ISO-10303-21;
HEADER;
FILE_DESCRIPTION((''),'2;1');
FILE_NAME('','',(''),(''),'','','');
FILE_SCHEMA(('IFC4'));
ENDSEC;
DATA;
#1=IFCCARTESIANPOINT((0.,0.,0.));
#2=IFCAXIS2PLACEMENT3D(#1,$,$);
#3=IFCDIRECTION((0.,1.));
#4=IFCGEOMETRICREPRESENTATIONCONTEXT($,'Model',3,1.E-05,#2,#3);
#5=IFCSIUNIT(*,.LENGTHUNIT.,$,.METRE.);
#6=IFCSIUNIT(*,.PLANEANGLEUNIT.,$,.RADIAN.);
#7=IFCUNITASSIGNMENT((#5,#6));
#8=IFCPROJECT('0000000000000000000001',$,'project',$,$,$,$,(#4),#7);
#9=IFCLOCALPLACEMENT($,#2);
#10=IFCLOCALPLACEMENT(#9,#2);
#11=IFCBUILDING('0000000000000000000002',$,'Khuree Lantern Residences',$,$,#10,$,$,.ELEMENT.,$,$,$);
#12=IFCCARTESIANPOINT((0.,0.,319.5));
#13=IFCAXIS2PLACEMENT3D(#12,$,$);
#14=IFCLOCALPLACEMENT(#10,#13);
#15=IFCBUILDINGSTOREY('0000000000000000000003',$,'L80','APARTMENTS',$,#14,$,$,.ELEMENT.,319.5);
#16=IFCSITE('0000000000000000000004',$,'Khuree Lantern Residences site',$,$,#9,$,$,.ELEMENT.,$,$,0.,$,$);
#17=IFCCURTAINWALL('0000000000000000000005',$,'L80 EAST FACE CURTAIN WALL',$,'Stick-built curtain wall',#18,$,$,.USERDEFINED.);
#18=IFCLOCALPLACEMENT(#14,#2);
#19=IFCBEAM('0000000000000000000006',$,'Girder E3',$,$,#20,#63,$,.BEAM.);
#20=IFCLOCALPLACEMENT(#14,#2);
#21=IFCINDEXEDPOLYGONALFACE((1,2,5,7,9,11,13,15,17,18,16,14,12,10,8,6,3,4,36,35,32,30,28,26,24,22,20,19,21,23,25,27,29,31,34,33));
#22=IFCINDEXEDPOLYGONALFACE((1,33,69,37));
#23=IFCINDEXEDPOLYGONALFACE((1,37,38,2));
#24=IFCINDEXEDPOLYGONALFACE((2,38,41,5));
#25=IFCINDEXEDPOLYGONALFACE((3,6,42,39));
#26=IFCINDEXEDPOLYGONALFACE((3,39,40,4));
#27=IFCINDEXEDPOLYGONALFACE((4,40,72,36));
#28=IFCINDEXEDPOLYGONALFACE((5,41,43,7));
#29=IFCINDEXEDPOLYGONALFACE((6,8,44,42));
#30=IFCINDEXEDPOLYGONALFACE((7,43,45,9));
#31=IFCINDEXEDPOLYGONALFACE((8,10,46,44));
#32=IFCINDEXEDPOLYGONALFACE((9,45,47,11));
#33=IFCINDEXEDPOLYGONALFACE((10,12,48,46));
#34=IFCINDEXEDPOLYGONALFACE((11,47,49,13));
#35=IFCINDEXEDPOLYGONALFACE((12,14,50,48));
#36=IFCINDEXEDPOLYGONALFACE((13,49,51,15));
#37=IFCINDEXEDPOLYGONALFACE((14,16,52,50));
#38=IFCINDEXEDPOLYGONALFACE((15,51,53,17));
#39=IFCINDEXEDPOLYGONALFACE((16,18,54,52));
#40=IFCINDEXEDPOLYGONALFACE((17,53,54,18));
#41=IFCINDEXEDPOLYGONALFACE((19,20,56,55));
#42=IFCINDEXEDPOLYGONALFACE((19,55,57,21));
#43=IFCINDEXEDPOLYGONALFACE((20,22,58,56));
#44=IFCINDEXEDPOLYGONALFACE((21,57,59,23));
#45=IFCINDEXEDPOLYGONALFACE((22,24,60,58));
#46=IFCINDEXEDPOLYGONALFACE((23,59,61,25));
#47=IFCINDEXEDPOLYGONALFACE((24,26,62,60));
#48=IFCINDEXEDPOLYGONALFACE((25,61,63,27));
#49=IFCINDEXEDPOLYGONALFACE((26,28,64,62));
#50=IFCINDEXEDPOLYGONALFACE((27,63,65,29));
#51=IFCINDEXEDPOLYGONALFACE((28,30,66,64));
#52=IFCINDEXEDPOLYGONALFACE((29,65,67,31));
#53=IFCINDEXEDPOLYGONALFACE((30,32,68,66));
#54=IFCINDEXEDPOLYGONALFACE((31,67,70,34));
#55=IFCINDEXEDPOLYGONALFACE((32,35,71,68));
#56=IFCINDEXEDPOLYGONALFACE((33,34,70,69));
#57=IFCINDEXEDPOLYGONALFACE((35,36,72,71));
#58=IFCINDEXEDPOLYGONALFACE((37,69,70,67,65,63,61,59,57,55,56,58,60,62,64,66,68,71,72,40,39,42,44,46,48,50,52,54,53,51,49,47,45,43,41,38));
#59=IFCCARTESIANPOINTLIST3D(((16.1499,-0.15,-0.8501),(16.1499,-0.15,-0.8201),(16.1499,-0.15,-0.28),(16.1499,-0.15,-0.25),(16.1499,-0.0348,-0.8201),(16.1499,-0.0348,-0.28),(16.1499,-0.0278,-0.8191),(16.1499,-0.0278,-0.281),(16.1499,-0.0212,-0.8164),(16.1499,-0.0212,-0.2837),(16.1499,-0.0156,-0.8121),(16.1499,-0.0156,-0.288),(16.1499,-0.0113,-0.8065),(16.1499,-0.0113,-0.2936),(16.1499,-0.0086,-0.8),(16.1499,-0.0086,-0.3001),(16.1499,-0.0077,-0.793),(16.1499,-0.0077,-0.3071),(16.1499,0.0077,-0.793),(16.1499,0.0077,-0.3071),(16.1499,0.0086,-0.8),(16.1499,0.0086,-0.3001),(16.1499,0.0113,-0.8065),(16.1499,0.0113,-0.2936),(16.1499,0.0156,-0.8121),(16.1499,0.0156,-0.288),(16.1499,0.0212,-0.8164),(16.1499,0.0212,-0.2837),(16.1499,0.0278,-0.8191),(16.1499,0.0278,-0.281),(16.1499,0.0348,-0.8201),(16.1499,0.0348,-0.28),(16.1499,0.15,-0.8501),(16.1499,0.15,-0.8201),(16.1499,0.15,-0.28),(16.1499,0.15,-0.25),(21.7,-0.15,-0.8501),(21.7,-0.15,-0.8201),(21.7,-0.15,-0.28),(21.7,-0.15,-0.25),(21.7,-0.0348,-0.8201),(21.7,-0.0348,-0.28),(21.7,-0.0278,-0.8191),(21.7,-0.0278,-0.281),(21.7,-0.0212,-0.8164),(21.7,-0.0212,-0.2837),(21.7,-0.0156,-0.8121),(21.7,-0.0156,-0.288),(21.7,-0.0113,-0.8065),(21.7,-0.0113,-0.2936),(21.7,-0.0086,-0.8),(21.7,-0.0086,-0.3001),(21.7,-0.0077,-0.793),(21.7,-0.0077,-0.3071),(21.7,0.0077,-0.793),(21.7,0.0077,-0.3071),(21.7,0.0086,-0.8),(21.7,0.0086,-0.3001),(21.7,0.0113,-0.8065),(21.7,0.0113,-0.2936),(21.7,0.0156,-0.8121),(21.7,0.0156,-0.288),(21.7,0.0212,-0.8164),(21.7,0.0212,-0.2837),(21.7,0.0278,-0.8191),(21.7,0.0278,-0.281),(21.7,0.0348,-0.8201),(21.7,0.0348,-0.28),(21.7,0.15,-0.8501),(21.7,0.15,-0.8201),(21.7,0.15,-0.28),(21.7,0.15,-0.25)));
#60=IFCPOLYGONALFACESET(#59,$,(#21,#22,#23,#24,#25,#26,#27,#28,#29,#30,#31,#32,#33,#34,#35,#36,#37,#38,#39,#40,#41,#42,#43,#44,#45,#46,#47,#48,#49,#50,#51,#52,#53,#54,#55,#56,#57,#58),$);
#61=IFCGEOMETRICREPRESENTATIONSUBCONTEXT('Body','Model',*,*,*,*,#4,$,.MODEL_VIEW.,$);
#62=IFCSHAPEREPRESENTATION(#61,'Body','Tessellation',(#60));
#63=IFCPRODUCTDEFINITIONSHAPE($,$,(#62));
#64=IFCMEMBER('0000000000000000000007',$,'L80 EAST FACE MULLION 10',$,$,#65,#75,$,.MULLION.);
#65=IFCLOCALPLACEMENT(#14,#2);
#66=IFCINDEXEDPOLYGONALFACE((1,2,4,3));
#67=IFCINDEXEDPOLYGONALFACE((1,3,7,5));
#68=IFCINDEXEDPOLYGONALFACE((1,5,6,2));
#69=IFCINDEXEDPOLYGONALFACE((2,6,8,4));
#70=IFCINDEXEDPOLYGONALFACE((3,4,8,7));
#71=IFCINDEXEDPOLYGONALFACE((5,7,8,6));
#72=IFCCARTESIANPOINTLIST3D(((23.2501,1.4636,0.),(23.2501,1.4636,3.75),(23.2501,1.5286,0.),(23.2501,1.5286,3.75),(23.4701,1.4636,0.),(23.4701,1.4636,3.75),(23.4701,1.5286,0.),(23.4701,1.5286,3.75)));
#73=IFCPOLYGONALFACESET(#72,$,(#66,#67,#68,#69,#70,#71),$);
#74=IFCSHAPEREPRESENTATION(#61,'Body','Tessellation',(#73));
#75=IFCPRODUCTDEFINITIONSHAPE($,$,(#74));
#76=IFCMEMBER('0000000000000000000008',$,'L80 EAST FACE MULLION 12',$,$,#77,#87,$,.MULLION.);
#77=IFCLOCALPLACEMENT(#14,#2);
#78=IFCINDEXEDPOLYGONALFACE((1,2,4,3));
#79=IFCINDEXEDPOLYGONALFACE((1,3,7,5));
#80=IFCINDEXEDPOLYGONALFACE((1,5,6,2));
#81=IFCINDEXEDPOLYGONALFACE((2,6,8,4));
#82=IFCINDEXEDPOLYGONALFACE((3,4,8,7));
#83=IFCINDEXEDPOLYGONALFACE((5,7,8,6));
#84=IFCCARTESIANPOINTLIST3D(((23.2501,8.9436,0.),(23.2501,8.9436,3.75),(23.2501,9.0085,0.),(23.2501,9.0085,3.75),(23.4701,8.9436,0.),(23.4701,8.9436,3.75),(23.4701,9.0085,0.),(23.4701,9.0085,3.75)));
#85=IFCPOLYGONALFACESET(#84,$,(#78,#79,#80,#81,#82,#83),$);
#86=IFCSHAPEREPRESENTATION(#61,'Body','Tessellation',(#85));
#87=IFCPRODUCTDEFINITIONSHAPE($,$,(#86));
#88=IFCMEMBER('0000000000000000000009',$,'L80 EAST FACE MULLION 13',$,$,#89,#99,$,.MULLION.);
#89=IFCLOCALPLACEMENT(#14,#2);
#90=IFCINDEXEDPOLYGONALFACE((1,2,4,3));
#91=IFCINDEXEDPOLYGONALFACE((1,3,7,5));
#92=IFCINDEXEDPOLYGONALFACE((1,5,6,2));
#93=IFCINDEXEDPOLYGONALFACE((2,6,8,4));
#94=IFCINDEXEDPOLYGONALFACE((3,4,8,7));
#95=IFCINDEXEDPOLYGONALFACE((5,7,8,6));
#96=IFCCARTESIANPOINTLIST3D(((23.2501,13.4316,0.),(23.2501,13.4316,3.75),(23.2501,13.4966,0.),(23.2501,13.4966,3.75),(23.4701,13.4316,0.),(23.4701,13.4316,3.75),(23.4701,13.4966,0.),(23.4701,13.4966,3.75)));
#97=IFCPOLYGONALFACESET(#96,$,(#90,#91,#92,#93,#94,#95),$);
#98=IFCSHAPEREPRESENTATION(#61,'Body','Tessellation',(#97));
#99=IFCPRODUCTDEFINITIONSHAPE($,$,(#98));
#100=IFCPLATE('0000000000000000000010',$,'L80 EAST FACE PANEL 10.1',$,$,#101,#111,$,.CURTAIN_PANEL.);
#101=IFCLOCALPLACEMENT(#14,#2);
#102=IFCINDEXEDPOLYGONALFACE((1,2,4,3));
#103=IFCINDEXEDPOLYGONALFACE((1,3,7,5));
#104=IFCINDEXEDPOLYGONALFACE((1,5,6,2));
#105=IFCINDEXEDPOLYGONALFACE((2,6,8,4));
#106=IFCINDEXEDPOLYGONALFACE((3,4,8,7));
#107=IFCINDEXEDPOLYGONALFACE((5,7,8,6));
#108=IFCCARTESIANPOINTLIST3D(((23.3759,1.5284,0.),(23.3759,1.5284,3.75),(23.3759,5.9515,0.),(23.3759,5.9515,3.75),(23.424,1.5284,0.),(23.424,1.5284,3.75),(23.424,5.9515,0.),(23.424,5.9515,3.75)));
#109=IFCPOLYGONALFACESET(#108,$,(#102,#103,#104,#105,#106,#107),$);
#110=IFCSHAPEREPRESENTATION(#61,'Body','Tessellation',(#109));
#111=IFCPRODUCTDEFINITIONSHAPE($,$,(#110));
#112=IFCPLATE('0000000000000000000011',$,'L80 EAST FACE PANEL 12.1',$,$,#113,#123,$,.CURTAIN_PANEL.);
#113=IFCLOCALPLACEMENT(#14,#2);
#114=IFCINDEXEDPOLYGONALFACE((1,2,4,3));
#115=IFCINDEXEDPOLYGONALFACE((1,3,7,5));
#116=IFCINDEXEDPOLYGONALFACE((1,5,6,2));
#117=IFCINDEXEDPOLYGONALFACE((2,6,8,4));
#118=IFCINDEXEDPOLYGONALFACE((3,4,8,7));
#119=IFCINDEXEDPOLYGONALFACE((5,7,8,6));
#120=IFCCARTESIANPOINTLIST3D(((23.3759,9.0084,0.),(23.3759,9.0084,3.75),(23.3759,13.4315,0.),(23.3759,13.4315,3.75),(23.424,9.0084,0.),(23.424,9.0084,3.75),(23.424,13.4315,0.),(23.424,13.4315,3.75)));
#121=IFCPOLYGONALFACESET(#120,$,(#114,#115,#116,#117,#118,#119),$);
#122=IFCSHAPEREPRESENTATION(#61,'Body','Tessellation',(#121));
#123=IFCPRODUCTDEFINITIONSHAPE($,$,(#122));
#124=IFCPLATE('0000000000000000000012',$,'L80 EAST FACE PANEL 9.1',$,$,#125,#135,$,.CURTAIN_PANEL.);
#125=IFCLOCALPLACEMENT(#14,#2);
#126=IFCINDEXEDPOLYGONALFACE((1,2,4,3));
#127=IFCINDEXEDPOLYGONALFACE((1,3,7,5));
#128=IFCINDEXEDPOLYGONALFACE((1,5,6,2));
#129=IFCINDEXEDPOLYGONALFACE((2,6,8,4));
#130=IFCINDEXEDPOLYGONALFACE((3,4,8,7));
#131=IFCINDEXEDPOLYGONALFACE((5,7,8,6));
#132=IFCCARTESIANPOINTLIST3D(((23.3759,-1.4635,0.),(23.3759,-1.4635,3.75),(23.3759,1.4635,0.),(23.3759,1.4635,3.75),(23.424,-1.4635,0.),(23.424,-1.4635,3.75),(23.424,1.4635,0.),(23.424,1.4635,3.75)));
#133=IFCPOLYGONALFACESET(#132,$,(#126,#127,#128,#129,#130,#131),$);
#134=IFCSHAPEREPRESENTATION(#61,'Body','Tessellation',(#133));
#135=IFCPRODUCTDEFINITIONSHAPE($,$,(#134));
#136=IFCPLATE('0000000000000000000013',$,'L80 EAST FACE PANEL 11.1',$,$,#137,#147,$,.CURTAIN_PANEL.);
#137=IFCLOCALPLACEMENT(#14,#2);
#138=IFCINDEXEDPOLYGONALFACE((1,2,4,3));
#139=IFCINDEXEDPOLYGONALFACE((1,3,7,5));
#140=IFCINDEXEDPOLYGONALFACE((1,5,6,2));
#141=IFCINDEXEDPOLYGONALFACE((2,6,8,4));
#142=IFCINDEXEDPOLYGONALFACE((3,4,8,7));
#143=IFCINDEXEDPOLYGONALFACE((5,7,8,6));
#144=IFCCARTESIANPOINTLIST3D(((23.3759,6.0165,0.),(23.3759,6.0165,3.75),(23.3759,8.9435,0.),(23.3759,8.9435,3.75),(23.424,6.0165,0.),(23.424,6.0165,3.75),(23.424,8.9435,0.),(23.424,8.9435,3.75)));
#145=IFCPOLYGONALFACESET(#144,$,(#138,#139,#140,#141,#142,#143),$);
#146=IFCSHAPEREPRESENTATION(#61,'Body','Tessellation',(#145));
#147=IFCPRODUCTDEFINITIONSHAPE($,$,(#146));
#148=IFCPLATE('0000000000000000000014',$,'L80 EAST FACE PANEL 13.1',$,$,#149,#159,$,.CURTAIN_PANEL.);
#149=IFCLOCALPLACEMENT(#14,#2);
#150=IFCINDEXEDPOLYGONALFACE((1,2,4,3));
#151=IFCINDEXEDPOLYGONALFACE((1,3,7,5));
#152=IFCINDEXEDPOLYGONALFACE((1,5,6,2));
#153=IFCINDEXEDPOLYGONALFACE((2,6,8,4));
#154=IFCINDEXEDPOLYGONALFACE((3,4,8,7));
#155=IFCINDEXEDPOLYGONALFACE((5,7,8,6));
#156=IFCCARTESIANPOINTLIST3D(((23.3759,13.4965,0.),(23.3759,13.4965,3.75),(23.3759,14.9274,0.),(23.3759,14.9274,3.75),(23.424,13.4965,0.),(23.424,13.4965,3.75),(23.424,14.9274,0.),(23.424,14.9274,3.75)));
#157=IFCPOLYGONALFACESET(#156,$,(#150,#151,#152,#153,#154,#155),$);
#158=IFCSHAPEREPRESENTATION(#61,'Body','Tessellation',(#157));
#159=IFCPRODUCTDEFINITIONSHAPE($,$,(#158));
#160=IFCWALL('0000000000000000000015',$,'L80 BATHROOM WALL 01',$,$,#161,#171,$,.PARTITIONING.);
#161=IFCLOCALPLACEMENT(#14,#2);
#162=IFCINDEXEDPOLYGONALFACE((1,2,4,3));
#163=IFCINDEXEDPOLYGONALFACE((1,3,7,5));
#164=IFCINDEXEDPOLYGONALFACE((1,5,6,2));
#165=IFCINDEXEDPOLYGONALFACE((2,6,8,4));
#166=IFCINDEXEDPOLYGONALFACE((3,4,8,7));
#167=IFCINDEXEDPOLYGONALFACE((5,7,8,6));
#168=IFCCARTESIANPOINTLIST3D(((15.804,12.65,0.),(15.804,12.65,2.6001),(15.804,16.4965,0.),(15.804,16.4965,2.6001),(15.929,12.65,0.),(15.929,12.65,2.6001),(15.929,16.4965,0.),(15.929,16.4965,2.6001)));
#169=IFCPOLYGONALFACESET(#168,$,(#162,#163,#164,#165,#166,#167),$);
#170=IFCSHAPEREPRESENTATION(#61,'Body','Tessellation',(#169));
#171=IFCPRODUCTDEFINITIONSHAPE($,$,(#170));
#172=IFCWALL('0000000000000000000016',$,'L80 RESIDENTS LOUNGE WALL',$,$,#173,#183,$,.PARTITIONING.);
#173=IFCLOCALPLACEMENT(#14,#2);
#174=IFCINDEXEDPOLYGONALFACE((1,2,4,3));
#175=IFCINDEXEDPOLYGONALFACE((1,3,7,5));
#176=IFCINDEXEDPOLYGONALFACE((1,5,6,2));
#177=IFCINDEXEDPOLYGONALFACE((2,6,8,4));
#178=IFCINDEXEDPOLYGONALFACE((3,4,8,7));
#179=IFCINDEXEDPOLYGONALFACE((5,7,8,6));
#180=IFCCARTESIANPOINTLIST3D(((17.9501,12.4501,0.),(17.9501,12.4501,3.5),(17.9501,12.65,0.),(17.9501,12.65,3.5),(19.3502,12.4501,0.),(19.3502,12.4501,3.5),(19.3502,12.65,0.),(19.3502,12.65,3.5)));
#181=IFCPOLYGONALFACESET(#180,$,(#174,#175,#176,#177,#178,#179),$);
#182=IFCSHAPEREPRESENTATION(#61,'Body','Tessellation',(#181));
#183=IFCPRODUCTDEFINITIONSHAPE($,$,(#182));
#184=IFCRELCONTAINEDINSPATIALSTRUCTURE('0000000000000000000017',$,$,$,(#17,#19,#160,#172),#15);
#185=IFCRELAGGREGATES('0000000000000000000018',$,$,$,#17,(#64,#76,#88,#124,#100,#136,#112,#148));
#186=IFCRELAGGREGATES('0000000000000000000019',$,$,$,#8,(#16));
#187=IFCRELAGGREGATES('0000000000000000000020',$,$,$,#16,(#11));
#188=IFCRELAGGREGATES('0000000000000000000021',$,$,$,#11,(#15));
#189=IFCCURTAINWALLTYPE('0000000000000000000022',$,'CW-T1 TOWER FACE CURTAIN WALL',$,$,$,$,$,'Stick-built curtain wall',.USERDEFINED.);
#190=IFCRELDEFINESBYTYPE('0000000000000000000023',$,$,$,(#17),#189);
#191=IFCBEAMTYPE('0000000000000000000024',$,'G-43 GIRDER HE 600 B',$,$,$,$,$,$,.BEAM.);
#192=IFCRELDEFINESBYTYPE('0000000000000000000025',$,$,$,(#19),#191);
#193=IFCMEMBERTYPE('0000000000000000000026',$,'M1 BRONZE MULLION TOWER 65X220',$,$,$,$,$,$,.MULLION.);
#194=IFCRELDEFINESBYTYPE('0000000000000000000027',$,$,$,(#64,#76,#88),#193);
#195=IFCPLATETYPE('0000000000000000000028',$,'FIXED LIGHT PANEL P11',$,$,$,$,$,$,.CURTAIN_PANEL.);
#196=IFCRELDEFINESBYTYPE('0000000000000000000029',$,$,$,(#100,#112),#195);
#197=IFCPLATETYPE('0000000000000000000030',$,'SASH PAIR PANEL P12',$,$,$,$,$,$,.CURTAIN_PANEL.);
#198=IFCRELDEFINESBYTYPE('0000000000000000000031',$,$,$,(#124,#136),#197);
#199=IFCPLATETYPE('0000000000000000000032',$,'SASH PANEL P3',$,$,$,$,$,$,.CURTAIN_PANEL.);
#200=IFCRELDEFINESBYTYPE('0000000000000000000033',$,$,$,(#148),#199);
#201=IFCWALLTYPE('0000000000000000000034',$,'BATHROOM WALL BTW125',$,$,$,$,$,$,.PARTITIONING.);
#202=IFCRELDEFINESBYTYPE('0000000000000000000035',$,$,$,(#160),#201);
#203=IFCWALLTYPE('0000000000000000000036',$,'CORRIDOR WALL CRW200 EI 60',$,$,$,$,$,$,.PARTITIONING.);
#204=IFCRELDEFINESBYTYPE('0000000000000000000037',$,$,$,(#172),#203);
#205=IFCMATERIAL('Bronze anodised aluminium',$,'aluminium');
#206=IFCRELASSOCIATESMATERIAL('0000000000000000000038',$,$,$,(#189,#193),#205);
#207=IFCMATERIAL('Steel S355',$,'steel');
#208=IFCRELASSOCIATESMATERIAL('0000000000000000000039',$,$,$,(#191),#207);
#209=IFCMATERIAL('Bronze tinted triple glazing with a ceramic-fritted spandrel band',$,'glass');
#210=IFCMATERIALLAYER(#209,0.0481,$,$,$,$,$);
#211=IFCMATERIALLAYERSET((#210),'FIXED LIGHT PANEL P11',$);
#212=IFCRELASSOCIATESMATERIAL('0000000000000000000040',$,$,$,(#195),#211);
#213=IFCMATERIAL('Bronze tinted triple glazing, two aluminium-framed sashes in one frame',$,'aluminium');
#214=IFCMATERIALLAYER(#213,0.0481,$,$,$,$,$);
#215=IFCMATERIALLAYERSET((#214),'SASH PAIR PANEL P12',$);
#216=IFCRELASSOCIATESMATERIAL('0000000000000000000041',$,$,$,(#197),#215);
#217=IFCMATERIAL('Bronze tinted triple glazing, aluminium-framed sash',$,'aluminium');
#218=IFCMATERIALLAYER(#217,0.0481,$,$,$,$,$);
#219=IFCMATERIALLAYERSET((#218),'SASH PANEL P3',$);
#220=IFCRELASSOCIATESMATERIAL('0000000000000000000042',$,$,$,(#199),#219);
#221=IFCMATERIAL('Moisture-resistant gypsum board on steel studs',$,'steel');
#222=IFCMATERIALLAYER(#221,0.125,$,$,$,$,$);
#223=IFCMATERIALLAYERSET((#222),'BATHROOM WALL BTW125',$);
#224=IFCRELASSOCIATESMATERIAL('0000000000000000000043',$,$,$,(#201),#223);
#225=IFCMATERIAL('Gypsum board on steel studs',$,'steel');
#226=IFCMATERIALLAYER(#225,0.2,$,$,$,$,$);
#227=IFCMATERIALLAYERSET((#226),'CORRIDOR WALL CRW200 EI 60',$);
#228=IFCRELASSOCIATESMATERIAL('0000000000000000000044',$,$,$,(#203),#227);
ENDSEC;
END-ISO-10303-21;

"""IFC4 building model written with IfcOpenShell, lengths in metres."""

from ifc_helpers import new_model, si_unit, direction, frame, frame_2d, origin, origin_2d, place, context, subcontext, project, spatial, rectangle, i_section, extrude, material, layer, layer_set, material_profile, profile_set, type_object, element, aggregate, save


model = new_model("IFC4")

# Units and contexts
model_context = context("Model", 3, precision=1e-05, world=origin(), true_north=direction((0.0, 1.0)))
body_context = subcontext(model_context, "Body", "Model", "MODEL_VIEW")
ifc_project = project(units=[si_unit("LENGTHUNIT", "METRE"), si_unit("PLANEANGLEUNIT", "RADIAN")], contexts=[model_context])

# Site, building, storey
site_placement = place(None, origin())
site = spatial("IfcSite", under=ifc_project, at=site_placement, Name="Khuree Lantern Residences site", CompositionType="ELEMENT", RefElevation=0.0)
building_placement = place(site_placement, origin())
building = spatial("IfcBuilding", under=site, at=building_placement, Name="Khuree Lantern Residences", CompositionType="ELEMENT")
storey_placement = place(building_placement, frame((0.0, 0.0, 319.5)))
storey = spatial("IfcBuildingStorey", under=building, at=storey_placement, Name="L80", Description="APARTMENTS", CompositionType="ELEMENT", Elevation=319.5)

# Shared definitions
ifc_material_1 = material(Name="Steel S355", Category="steel")

# Curtain wall
ifc_material_2 = material(Name="Bronze anodised aluminium", Category="aluminium")
curtain_wall_type = type_object("IfcCurtainWallType", Name="CW-T1 TOWER FACE CURTAIN WALL", ElementType="Stick-built curtain wall", PredefinedType="USERDEFINED", material=ifc_material_2)
curtain_wall_placement = place(storey_placement, origin())
curtain_wall = element("IfcCurtainWall", 1, at=curtain_wall_placement, inside=storey, type_object=curtain_wall_type, Name="L80 EAST FACE CURTAIN WALL", ObjectType="Stick-built curtain wall", PredefinedType="USERDEFINED")

# Beam
ifc_material_profile_1 = material_profile(ifc_material_1, i_section(OverallWidth=0.3, OverallDepth=0.6001, WebThickness=0.0154, FlangeThickness=0.03, FilletRadius=0.0271, at=origin_2d()), Name="HE 600 B")
ifc_profile_set_1 = profile_set([ifc_material_profile_1], Name="Steel S355")
beam_type_1 = type_object("IfcBeamType", Name="G-43 GIRDER HE 600 B", PredefinedType="BEAM", material=ifc_profile_set_1)
for number, where, z_axis, x_axis, name in (
    (2, (21.7, 0.0, -0.55), (-1.0, 0.0, 0.0), (0.0, -1.0, 0.0), "Girder E3"),
):
    element("IfcBeam", number, at=place(storey_placement, frame(where, z_axis=z_axis, x_axis=x_axis)), inside=storey, type_object=beam_type_1, Name=name, PredefinedType="BEAM", context=body_context, shape_type="SweptSolid", body=[
        extrude(i_section(OverallWidth=0.3, OverallDepth=0.6001, WebThickness=0.0154, FlangeThickness=0.03, FilletRadius=0.0271, at=origin_2d()), origin(), (0.0, 0.0, 1.0), 5.55),
    ])

# Members
ifc_material_profile_2 = material_profile(ifc_material_2, rectangle(XDim=0.0649, YDim=0.22, at=origin_2d()), Name="M1 65X220")
ifc_profile_set_2 = profile_set([ifc_material_profile_2], Name="Bronze anodised aluminium")
member_type_1 = type_object("IfcMemberType", Name="M1 BRONZE MULLION TOWER 65X220", PredefinedType="MULLION", material=ifc_profile_set_2)
member_1_placement = place(storey_placement, frame((23.3601, 1.4961, 0.0), z_axis=(0.0, 0.0, 1.0), x_axis=(0.0, 1.0, 0.0)))
member_1 = element("IfcMember", 3, at=member_1_placement, type_object=member_type_1, Name="L80 EAST FACE MULLION 10", PredefinedType="MULLION", context=body_context, shape_type="SweptSolid", body=[
    extrude(rectangle(XDim=0.0649, YDim=0.22, at=origin_2d()), origin(), (0.0, 0.0, 1.0), 3.75),
])
member_2_placement = place(storey_placement, frame((23.3601, 8.9761, 0.0), z_axis=(0.0, 0.0, 1.0), x_axis=(0.0, 1.0, 0.0)))
member_2 = element("IfcMember", 4, at=member_2_placement, type_object=member_type_1, Name="L80 EAST FACE MULLION 12", PredefinedType="MULLION", context=body_context, shape_type="SweptSolid", body=[
    extrude(rectangle(XDim=0.0649, YDim=0.22, at=origin_2d()), origin(), (0.0, 0.0, 1.0), 3.75),
])
member_3_placement = place(storey_placement, frame((23.3601, 13.4641, 0.0), z_axis=(0.0, 0.0, 1.0), x_axis=(0.0, 1.0, 0.0)))
member_3 = element("IfcMember", 5, at=member_3_placement, type_object=member_type_1, Name="L80 EAST FACE MULLION 13", PredefinedType="MULLION", context=body_context, shape_type="SweptSolid", body=[
    extrude(rectangle(XDim=0.0649, YDim=0.22, at=origin_2d()), origin(), (0.0, 0.0, 1.0), 3.75),
])

# Plates
ifc_material_3 = material(Name="Bronze tinted triple glazing with a ceramic-fritted spandrel band", Category="glass")
ifc_layer_1 = layer(ifc_material_3, 0.0481)
ifc_layer_set_1 = layer_set([ifc_layer_1], Name="FIXED LIGHT PANEL P11")
plate_type_1 = type_object("IfcPlateType", Name="FIXED LIGHT PANEL P11", PredefinedType="CURTAIN_PANEL", material=ifc_layer_set_1)
plate_1_placement = place(storey_placement, frame((23.3999, 3.74, 0.0), z_axis=(0.0, 0.0, 1.0), x_axis=(0.0, 1.0, 0.0)))
plate_1 = element("IfcPlate", 6, at=plate_1_placement, type_object=plate_type_1, Name="L80 EAST FACE PANEL 10.1", PredefinedType="CURTAIN_PANEL", context=body_context, shape_type="SweptSolid", body=[
    extrude(rectangle(XDim=4.4231, YDim=0.0481, at=origin_2d()), origin(), (0.0, 0.0, 1.0), 3.75),
])
plate_2_placement = place(storey_placement, frame((23.3999, 11.22, 0.0), z_axis=(0.0, 0.0, 1.0), x_axis=(0.0, 1.0, 0.0)))
plate_2 = element("IfcPlate", 7, at=plate_2_placement, type_object=plate_type_1, Name="L80 EAST FACE PANEL 12.1", PredefinedType="CURTAIN_PANEL", context=body_context, shape_type="SweptSolid", body=[
    extrude(rectangle(XDim=4.4231, YDim=0.0481, at=origin_2d()), origin(), (0.0, 0.0, 1.0), 3.75),
])
ifc_material_4 = material(Name="Bronze tinted triple glazing, two aluminium-framed sashes in one frame", Category="aluminium")
ifc_layer_2 = layer(ifc_material_4, 0.0481)
ifc_layer_set_2 = layer_set([ifc_layer_2], Name="SASH PAIR PANEL P12")
plate_type_2 = type_object("IfcPlateType", Name="SASH PAIR PANEL P12", PredefinedType="CURTAIN_PANEL", material=ifc_layer_set_2)
plate_3_placement = place(storey_placement, frame((23.3999, 0.0, 0.0), z_axis=(0.0, 0.0, 1.0), x_axis=(0.0, 1.0, 0.0)))
plate_3 = element("IfcPlate", 8, at=plate_3_placement, type_object=plate_type_2, Name="L80 EAST FACE PANEL 9.1", PredefinedType="CURTAIN_PANEL", context=body_context, shape_type="SweptSolid", body=[
    extrude(rectangle(XDim=2.927, YDim=0.0481, at=origin_2d()), origin(), (0.0, 0.0, 1.0), 3.75),
])
plate_4_placement = place(storey_placement, frame((23.3999, 7.48, 0.0), z_axis=(0.0, 0.0, 1.0), x_axis=(0.0, 1.0, 0.0)))
plate_4 = element("IfcPlate", 9, at=plate_4_placement, type_object=plate_type_2, Name="L80 EAST FACE PANEL 11.1", PredefinedType="CURTAIN_PANEL", context=body_context, shape_type="SweptSolid", body=[
    extrude(rectangle(XDim=2.927, YDim=0.0481, at=origin_2d()), origin(), (0.0, 0.0, 1.0), 3.75),
])
ifc_material_5 = material(Name="Bronze tinted triple glazing, aluminium-framed sash", Category="aluminium")
ifc_layer_3 = layer(ifc_material_5, 0.0481)
ifc_layer_set_3 = layer_set([ifc_layer_3], Name="SASH PANEL P3")
plate_type_3 = type_object("IfcPlateType", Name="SASH PANEL P3", PredefinedType="CURTAIN_PANEL", material=ifc_layer_set_3)
plate_5_placement = place(storey_placement, frame((23.3999, 14.2119, 0.0), z_axis=(0.0, 0.0, 1.0), x_axis=(0.0, 1.0, 0.0)))
plate_5 = element("IfcPlate", 10, at=plate_5_placement, type_object=plate_type_3, Name="L80 EAST FACE PANEL 13.1", PredefinedType="CURTAIN_PANEL", context=body_context, shape_type="SweptSolid", body=[
    extrude(rectangle(XDim=1.4309, YDim=0.0481, at=origin_2d()), origin(), (0.0, 0.0, 1.0), 3.75),
])
aggregate(curtain_wall, [member_1, member_2, member_3, plate_3, plate_1, plate_4, plate_2, plate_5])

# Walls
ifc_material_6 = material(Name="Moisture-resistant gypsum board on steel studs", Category="steel")
ifc_layer_4 = layer(ifc_material_6, 0.125)
ifc_layer_set_4 = layer_set([ifc_layer_4], Name="BATHROOM WALL BTW125")
wall_type_1 = type_object("IfcWallType", Name="BATHROOM WALL BTW125", PredefinedType="PARTITIONING", material=ifc_layer_set_4)
wall_1_placement = place(storey_placement, frame((15.8665, 12.6499, 0.0), z_axis=(0.0, 0.0, 1.0), x_axis=(0.0, 1.0, 0.0)))
element("IfcWall", 11, at=wall_1_placement, inside=storey, type_object=wall_type_1, Name="L80 BATHROOM WALL 01", PredefinedType="PARTITIONING", context=body_context, shape_type="SweptSolid", body=[
    extrude(rectangle(XDim=3.8464, YDim=0.125, at=frame_2d((1.9233, 0.0))), origin(), (0.0, 0.0, 1.0), 2.6001),
])
ifc_material_7 = material(Name="Gypsum board on steel studs", Category="steel")
ifc_layer_5 = layer(ifc_material_7, 0.2)
ifc_layer_set_5 = layer_set([ifc_layer_5], Name="CORRIDOR WALL CRW200 EI 60")
wall_type_2 = type_object("IfcWallType", Name="CORRIDOR WALL CRW200 EI 60", PredefinedType="PARTITIONING", material=ifc_layer_set_5)
wall_2_placement = place(storey_placement, frame((17.95, 12.55, 0.0), z_axis=(0.0, 0.0, 1.0), x_axis=(1.0, 0.0, 0.0)))
element("IfcWall", 12, at=wall_2_placement, inside=storey, type_object=wall_type_2, Name="L80 RESIDENTS LOUNGE WALL", PredefinedType="PARTITIONING", context=body_context, shape_type="SweptSolid", body=[
    extrude(rectangle(XDim=1.4001, YDim=0.2, at=frame_2d((0.7002, 0.0))), origin(), (0.0, 0.0, 1.0), 3.5),
])

save(model, "model.ifc")
